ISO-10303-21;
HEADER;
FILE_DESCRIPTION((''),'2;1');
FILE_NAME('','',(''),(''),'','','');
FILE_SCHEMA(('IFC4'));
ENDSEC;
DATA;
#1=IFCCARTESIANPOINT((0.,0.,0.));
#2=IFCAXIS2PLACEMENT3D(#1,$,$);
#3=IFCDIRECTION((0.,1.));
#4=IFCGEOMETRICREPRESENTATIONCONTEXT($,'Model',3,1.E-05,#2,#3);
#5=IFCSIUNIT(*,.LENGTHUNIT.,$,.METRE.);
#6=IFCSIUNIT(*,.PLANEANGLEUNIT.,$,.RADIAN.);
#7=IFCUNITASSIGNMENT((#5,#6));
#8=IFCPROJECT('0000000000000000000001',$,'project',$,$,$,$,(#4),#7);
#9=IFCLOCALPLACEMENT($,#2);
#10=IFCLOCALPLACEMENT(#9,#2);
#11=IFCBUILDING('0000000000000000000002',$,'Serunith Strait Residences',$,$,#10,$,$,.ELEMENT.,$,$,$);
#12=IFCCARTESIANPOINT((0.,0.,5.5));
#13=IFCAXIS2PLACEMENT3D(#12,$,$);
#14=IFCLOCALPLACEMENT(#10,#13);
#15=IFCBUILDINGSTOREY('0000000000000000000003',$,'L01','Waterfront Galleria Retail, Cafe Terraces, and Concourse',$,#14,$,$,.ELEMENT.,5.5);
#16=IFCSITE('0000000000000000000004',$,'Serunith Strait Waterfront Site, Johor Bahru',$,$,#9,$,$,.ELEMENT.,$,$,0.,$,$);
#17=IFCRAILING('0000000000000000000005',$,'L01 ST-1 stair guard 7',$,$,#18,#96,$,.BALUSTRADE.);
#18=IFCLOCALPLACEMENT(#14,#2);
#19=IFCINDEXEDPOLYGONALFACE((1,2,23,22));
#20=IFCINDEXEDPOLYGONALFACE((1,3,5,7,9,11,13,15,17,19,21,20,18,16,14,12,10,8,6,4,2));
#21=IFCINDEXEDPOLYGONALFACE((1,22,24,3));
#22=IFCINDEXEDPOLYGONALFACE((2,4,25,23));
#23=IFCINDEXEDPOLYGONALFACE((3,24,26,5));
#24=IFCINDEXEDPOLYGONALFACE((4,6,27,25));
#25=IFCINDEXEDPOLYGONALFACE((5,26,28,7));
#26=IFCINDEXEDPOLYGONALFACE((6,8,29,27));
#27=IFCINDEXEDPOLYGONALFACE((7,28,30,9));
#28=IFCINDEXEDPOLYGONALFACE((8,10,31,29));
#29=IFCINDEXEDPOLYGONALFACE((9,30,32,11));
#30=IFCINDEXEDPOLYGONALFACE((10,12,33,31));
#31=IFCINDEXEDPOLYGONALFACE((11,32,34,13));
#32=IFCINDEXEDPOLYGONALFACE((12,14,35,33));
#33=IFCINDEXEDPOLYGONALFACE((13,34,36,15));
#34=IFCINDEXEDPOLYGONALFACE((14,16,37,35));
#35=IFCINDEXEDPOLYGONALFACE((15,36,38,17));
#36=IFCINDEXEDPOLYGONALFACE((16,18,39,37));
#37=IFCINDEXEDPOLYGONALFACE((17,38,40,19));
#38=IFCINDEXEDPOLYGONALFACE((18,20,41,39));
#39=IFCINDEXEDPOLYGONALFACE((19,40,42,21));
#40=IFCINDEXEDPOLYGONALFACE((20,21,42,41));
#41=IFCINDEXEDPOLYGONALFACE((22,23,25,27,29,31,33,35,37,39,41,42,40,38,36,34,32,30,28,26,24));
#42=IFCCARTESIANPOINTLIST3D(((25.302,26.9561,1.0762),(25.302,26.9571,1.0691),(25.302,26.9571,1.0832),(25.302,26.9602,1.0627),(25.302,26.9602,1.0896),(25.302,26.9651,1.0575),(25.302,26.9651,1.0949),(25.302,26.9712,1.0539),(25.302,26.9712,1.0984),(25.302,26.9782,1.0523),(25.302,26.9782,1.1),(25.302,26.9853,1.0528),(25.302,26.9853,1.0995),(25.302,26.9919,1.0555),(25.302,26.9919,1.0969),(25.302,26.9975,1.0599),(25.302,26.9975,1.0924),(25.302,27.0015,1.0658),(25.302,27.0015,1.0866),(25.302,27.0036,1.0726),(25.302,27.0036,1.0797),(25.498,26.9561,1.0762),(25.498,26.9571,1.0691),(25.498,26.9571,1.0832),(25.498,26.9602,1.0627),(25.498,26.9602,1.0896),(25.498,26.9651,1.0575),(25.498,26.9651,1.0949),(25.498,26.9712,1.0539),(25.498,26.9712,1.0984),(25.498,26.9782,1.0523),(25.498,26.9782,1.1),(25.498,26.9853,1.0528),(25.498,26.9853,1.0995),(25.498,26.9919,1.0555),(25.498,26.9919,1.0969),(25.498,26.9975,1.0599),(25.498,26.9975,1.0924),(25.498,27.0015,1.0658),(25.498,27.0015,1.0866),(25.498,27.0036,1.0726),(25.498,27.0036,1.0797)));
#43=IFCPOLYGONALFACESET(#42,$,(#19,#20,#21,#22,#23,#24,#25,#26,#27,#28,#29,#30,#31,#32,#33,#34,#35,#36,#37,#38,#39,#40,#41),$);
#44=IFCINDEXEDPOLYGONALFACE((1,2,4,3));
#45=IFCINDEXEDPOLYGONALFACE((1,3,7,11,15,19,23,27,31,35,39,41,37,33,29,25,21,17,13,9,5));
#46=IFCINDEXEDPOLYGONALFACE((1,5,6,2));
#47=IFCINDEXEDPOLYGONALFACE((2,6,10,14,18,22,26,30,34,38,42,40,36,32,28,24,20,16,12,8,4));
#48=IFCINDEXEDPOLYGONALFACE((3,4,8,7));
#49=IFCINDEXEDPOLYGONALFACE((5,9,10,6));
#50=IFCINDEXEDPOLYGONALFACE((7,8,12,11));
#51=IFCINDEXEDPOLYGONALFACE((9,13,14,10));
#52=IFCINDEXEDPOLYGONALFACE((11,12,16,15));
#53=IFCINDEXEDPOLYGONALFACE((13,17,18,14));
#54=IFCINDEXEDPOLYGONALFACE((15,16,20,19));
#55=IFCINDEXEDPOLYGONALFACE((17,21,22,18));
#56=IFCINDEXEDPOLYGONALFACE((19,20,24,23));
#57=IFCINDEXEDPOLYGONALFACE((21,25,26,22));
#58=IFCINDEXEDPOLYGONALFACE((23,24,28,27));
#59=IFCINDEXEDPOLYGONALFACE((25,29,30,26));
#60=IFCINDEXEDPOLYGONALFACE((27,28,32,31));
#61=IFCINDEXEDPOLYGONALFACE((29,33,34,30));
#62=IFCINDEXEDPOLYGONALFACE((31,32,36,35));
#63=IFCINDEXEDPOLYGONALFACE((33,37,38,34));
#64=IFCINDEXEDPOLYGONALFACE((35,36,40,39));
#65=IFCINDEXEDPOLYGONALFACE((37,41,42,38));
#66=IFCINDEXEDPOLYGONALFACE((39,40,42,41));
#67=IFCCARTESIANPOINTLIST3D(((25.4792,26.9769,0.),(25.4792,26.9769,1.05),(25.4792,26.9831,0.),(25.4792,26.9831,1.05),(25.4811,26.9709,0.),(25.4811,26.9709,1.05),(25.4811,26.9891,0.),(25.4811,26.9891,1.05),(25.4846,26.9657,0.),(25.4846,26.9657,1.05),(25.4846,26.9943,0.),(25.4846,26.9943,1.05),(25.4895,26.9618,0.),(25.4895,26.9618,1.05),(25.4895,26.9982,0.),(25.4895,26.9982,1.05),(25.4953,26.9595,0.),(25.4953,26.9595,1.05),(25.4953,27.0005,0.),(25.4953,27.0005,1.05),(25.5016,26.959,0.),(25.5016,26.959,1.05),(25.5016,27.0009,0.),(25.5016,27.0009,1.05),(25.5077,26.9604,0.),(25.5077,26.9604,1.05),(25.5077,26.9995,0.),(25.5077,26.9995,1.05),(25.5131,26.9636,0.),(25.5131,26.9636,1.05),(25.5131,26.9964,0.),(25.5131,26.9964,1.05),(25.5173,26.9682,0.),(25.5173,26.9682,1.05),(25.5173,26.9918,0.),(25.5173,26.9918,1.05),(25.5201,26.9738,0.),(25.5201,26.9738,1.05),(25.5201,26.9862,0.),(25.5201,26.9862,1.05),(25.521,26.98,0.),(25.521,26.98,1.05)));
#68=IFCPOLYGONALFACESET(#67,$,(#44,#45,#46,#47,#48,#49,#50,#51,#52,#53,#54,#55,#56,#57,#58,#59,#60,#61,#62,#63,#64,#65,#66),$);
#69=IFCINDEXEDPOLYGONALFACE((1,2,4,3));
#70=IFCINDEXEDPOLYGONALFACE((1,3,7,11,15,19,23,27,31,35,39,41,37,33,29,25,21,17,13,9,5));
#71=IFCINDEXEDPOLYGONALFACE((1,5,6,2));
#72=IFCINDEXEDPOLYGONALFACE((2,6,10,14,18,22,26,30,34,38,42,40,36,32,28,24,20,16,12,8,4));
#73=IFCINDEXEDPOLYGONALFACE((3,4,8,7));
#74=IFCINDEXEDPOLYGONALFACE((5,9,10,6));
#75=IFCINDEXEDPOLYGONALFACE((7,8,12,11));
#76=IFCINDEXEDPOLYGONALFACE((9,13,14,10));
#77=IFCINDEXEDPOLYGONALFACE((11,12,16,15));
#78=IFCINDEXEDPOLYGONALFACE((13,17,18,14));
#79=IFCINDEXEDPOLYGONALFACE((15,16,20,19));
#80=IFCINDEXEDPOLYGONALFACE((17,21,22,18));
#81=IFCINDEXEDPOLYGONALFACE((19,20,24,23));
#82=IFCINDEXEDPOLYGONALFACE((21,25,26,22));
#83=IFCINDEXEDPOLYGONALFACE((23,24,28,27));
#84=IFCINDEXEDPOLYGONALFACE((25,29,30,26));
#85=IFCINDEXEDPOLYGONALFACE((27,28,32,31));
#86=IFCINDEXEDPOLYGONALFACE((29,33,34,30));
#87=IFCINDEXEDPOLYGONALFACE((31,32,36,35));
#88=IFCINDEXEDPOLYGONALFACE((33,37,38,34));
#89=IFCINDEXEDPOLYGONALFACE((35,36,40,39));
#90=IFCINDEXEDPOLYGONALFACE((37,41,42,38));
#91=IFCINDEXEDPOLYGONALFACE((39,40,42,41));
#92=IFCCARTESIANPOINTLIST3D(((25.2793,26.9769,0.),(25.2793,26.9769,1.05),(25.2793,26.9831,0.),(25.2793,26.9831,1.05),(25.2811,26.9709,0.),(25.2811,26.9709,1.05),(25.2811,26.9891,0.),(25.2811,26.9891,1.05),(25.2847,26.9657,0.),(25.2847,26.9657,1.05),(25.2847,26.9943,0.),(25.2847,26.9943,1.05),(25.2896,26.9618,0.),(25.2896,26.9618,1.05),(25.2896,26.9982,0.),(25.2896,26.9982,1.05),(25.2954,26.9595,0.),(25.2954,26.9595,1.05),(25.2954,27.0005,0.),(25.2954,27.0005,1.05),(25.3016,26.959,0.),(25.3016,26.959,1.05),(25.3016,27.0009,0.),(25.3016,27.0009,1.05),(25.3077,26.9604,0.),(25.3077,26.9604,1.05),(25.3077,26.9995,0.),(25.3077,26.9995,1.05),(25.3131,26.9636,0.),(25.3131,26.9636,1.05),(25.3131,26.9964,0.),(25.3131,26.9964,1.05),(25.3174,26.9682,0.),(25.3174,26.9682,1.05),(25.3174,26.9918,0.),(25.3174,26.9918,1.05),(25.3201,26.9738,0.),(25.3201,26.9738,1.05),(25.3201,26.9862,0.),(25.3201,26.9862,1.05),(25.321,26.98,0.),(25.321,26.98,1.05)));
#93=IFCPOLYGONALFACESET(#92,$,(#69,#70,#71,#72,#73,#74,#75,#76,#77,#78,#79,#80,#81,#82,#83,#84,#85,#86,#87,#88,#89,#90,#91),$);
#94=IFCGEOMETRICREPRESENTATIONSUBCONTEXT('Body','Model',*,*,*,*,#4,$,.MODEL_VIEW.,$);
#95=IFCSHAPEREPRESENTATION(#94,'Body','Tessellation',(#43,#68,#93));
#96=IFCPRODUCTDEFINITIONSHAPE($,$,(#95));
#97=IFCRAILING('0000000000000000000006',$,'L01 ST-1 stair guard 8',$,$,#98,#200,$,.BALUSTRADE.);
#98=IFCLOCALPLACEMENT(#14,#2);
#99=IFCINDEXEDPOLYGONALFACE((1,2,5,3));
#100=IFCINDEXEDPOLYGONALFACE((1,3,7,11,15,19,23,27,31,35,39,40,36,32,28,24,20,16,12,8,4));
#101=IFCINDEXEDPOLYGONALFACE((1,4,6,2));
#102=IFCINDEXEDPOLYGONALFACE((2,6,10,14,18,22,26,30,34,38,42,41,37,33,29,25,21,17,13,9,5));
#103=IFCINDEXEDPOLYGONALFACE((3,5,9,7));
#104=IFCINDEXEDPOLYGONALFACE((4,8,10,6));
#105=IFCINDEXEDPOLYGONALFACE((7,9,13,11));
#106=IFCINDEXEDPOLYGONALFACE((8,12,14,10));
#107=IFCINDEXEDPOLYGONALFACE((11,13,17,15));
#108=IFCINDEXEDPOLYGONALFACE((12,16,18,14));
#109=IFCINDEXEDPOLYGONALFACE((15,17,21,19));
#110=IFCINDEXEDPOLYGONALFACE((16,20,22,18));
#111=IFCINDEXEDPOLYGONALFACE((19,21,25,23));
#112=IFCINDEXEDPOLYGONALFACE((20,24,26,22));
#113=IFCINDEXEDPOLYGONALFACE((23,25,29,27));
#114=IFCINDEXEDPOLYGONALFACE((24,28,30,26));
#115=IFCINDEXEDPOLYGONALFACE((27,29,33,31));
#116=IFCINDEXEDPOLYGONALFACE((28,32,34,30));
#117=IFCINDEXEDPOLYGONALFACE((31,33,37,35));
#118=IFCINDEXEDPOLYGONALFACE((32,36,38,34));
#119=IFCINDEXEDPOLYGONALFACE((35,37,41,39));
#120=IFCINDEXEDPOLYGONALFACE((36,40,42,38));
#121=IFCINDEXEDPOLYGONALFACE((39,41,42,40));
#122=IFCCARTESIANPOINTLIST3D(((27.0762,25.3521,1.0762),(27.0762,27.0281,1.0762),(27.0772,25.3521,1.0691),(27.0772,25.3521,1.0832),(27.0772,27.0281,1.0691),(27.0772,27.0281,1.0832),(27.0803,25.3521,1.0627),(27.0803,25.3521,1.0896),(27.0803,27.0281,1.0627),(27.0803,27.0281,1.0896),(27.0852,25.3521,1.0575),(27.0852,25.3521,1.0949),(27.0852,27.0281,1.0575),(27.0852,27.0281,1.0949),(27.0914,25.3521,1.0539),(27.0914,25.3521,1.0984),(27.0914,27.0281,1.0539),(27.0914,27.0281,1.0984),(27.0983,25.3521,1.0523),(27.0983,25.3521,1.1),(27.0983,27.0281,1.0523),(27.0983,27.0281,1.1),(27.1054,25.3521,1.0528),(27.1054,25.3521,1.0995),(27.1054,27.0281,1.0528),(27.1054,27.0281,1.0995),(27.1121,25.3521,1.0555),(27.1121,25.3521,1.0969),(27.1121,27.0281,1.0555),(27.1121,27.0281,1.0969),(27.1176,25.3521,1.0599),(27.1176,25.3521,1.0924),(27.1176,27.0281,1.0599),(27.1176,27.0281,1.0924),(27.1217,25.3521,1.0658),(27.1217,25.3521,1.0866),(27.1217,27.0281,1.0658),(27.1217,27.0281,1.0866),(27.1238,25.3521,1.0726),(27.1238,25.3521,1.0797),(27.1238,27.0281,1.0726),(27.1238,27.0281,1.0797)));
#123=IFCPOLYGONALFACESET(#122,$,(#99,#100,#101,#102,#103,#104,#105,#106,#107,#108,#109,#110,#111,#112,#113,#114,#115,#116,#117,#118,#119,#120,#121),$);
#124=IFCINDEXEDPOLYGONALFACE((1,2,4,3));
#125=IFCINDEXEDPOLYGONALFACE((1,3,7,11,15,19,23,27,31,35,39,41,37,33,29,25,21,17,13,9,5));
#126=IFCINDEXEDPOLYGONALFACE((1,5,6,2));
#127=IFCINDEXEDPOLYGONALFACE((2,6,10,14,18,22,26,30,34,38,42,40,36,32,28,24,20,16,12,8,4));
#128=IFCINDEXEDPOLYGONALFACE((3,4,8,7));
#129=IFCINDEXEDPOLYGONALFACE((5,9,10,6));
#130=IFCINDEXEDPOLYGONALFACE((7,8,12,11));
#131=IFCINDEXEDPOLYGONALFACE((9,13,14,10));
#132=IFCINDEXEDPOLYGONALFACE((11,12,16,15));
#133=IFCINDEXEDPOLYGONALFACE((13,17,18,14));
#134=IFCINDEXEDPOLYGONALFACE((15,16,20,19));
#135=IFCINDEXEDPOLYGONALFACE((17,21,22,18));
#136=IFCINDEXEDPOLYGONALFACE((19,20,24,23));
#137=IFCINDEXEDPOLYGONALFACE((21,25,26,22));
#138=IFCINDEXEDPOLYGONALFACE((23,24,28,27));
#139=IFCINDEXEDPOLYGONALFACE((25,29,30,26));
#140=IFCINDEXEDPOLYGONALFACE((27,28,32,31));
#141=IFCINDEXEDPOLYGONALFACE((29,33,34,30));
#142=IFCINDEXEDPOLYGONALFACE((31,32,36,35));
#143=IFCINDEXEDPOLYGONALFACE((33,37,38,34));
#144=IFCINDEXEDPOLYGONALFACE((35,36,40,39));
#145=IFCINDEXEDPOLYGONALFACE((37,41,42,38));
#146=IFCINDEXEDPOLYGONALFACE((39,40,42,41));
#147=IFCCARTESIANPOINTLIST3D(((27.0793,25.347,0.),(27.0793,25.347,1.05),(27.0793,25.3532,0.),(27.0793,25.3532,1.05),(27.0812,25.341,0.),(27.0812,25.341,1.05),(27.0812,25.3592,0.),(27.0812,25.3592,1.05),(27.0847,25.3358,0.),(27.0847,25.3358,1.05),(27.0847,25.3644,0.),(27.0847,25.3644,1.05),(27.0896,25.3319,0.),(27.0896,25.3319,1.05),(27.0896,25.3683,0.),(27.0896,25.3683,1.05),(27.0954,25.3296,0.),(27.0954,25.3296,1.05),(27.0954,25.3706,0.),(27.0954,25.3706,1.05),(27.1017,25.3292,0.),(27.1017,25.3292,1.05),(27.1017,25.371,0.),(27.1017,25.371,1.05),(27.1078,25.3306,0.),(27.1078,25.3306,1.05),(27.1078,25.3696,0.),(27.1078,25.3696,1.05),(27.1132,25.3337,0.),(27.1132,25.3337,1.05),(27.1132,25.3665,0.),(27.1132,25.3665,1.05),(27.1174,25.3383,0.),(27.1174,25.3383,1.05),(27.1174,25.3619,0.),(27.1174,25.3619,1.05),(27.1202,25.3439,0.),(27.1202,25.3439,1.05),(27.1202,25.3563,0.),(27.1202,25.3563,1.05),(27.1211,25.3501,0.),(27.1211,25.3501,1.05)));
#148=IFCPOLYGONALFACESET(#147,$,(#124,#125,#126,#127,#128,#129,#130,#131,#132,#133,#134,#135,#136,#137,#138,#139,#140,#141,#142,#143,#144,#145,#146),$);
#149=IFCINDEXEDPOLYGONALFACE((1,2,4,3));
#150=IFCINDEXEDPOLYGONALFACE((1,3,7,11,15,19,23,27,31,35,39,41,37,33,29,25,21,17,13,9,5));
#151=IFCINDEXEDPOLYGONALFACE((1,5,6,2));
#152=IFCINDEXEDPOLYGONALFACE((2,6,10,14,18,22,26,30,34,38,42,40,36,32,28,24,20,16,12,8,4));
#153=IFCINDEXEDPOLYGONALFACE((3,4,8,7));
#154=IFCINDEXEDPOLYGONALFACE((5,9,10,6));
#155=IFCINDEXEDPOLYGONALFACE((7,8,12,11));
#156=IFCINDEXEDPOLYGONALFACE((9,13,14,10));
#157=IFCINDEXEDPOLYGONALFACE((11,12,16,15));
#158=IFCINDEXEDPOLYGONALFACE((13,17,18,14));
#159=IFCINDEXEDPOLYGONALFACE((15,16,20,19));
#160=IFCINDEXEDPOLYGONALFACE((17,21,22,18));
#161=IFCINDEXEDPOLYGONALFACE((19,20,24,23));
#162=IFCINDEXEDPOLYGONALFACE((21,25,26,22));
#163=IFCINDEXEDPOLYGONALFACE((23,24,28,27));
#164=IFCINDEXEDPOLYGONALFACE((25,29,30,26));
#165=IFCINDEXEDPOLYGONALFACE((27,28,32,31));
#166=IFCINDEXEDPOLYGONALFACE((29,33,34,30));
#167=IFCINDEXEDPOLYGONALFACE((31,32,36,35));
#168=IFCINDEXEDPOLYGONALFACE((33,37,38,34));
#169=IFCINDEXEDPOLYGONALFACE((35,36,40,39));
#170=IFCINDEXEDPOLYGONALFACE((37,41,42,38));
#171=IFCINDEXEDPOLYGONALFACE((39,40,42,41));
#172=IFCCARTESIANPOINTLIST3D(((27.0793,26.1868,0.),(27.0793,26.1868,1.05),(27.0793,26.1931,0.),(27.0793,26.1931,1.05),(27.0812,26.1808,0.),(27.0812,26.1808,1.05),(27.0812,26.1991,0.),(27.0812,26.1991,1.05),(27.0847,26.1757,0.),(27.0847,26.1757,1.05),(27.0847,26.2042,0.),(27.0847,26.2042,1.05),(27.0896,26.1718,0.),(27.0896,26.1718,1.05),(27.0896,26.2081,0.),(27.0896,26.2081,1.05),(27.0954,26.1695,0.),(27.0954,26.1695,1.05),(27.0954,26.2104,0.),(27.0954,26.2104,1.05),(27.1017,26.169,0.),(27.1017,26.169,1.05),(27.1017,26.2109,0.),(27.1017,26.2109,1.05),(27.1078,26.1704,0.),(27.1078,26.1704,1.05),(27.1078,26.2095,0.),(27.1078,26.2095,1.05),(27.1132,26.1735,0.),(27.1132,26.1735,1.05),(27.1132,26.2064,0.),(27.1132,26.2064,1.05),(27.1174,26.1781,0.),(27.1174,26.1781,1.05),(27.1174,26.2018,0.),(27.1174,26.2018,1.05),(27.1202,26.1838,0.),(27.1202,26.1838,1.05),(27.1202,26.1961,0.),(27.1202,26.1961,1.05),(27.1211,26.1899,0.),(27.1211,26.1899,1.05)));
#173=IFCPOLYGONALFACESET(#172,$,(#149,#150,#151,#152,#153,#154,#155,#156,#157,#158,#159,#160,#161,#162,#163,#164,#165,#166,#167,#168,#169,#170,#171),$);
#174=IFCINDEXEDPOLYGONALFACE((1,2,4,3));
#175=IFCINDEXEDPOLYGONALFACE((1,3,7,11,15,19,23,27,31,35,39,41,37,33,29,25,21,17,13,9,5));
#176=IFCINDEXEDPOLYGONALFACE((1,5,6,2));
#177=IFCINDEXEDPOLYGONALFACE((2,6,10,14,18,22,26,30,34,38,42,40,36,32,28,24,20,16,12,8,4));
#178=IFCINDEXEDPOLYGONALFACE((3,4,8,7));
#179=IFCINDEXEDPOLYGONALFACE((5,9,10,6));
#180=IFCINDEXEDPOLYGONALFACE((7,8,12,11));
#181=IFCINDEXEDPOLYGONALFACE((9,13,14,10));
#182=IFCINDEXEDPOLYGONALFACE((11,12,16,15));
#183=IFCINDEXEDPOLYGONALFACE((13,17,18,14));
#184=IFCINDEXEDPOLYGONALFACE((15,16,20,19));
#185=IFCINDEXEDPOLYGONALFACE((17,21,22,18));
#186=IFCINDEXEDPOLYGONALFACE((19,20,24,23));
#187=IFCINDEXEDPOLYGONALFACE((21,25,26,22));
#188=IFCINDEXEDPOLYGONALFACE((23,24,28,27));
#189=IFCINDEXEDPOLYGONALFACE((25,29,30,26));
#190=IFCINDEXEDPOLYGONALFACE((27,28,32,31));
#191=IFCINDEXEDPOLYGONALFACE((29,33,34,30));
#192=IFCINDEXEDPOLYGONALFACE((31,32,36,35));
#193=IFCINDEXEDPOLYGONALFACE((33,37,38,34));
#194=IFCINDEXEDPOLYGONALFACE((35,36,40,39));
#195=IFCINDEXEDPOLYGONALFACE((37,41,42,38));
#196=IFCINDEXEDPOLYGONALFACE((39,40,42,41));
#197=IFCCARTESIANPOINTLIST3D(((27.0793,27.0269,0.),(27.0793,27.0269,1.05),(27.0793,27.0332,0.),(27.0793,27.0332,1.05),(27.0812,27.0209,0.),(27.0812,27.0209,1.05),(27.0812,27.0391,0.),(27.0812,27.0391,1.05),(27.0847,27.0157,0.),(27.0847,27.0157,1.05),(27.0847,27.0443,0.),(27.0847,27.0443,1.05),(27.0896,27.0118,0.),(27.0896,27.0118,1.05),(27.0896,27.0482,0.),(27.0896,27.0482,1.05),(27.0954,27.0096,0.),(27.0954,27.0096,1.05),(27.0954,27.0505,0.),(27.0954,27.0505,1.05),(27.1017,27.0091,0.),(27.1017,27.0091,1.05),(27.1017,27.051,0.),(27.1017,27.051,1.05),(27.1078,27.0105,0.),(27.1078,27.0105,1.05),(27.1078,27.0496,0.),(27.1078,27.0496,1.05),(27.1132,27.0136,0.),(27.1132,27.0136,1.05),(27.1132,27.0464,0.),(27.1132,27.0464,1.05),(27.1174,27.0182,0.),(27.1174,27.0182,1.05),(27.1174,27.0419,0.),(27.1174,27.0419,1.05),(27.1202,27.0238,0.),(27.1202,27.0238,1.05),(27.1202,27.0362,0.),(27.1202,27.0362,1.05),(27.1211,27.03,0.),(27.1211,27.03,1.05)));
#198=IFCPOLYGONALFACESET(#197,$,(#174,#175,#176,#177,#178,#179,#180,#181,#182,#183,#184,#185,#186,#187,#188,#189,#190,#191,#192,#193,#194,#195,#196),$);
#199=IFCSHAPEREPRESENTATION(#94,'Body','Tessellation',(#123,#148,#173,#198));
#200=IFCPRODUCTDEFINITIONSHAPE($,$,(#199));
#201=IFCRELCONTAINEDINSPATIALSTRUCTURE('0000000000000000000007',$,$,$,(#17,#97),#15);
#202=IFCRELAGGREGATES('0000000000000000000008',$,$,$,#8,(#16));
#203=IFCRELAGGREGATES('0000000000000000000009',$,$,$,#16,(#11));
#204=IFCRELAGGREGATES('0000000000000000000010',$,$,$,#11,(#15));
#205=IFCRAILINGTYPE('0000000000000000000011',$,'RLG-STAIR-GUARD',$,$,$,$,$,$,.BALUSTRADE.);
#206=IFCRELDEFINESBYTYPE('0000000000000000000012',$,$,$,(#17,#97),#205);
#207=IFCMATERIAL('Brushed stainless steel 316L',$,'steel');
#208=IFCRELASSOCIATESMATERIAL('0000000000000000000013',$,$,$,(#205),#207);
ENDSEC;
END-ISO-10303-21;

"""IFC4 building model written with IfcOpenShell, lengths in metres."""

from ifc_helpers import new_model, si_unit, direction, frame, origin, origin_2d, place, context, subcontext, project, spatial, circle, extrude, material, type_object, element, save


model = new_model("IFC4")

# Units and contexts
model_context = context("Model", 3, precision=1e-05, world=origin(), true_north=direction((0.0, 1.0)))
body_context = subcontext(model_context, "Body", "Model", "MODEL_VIEW")
ifc_project = project(units=[si_unit("LENGTHUNIT", "METRE"), si_unit("PLANEANGLEUNIT", "RADIAN")], contexts=[model_context])

# Site, building, storey
site_placement = place(None, origin())
site = spatial("IfcSite", under=ifc_project, at=site_placement, Name="Serunith Strait Waterfront Site, Johor Bahru", CompositionType="ELEMENT", RefElevation=0.0)
building_placement = place(site_placement, origin())
building = spatial("IfcBuilding", under=site, at=building_placement, Name="Serunith Strait Residences", CompositionType="ELEMENT")
storey_placement = place(building_placement, frame((0.0, 0.0, 5.5)))
storey = spatial("IfcBuildingStorey", under=building, at=storey_placement, Name="L01", Description="Waterfront Galleria Retail, Cafe Terraces, and Concourse", CompositionType="ELEMENT", Elevation=5.5)

# Railings
ifc_material_1 = material(Name="Brushed stainless steel 316L", Category="steel")
railing_type_1 = type_object("IfcRailingType", Name="RLG-STAIR-GUARD", PredefinedType="BALUSTRADE", material=ifc_material_1)
railing_1_placement = place(storey_placement, frame((25.5, 26.98, 0.0)))
element("IfcRailing", 1, at=railing_1_placement, inside=storey, type_object=railing_type_1, Name="L01 ST-1 stair guard 7", PredefinedType="BALUSTRADE", context=body_context, shape_type="SweptSolid", body=[
    extrude(circle(Radius=0.0239, at=origin_2d()), frame((-0.002, 0.0, 1.0762), z_axis=(-1.0, 0.0, 0.0), x_axis=(0.0, -1.0, 0.0)), (0.0, 0.0, 1.0), 0.196),
    extrude(circle(Radius=0.021, at=origin_2d()), origin(), (0.0, 0.0, 1.0), 1.05),
    extrude(circle(Radius=0.021, at=origin_2d()), frame((-0.2, 0.0, 0.0)), (0.0, 0.0, 1.0), 1.05),
])
for number, where, name in (
    (2, (27.1001, 25.3501, 0.0), "L01 ST-1 stair guard 8"),
):
    element("IfcRailing", number, at=place(storey_placement, frame(where)), inside=storey, type_object=railing_type_1, Name=name, PredefinedType="BALUSTRADE", context=body_context, shape_type="SweptSolid", body=[
        extrude(circle(Radius=0.0239, at=origin_2d()), frame((0.0, 0.002, 1.0762), z_axis=(0.0, 1.0, 0.0), x_axis=(-1.0, 0.0, 0.0)), (0.0, 0.0, 1.0), 1.676),
        extrude(circle(Radius=0.021, at=origin_2d()), origin(), (0.0, 0.0, 1.0), 1.05),
        extrude(circle(Radius=0.021, at=origin_2d()), frame((0.0, 0.8398, 0.0)), (0.0, 0.0, 1.0), 1.05),
        extrude(circle(Radius=0.021, at=origin_2d()), frame((0.0, 1.6799, 0.0)), (0.0, 0.0, 1.0), 1.05),
    ])

save(model, "model.ifc")
